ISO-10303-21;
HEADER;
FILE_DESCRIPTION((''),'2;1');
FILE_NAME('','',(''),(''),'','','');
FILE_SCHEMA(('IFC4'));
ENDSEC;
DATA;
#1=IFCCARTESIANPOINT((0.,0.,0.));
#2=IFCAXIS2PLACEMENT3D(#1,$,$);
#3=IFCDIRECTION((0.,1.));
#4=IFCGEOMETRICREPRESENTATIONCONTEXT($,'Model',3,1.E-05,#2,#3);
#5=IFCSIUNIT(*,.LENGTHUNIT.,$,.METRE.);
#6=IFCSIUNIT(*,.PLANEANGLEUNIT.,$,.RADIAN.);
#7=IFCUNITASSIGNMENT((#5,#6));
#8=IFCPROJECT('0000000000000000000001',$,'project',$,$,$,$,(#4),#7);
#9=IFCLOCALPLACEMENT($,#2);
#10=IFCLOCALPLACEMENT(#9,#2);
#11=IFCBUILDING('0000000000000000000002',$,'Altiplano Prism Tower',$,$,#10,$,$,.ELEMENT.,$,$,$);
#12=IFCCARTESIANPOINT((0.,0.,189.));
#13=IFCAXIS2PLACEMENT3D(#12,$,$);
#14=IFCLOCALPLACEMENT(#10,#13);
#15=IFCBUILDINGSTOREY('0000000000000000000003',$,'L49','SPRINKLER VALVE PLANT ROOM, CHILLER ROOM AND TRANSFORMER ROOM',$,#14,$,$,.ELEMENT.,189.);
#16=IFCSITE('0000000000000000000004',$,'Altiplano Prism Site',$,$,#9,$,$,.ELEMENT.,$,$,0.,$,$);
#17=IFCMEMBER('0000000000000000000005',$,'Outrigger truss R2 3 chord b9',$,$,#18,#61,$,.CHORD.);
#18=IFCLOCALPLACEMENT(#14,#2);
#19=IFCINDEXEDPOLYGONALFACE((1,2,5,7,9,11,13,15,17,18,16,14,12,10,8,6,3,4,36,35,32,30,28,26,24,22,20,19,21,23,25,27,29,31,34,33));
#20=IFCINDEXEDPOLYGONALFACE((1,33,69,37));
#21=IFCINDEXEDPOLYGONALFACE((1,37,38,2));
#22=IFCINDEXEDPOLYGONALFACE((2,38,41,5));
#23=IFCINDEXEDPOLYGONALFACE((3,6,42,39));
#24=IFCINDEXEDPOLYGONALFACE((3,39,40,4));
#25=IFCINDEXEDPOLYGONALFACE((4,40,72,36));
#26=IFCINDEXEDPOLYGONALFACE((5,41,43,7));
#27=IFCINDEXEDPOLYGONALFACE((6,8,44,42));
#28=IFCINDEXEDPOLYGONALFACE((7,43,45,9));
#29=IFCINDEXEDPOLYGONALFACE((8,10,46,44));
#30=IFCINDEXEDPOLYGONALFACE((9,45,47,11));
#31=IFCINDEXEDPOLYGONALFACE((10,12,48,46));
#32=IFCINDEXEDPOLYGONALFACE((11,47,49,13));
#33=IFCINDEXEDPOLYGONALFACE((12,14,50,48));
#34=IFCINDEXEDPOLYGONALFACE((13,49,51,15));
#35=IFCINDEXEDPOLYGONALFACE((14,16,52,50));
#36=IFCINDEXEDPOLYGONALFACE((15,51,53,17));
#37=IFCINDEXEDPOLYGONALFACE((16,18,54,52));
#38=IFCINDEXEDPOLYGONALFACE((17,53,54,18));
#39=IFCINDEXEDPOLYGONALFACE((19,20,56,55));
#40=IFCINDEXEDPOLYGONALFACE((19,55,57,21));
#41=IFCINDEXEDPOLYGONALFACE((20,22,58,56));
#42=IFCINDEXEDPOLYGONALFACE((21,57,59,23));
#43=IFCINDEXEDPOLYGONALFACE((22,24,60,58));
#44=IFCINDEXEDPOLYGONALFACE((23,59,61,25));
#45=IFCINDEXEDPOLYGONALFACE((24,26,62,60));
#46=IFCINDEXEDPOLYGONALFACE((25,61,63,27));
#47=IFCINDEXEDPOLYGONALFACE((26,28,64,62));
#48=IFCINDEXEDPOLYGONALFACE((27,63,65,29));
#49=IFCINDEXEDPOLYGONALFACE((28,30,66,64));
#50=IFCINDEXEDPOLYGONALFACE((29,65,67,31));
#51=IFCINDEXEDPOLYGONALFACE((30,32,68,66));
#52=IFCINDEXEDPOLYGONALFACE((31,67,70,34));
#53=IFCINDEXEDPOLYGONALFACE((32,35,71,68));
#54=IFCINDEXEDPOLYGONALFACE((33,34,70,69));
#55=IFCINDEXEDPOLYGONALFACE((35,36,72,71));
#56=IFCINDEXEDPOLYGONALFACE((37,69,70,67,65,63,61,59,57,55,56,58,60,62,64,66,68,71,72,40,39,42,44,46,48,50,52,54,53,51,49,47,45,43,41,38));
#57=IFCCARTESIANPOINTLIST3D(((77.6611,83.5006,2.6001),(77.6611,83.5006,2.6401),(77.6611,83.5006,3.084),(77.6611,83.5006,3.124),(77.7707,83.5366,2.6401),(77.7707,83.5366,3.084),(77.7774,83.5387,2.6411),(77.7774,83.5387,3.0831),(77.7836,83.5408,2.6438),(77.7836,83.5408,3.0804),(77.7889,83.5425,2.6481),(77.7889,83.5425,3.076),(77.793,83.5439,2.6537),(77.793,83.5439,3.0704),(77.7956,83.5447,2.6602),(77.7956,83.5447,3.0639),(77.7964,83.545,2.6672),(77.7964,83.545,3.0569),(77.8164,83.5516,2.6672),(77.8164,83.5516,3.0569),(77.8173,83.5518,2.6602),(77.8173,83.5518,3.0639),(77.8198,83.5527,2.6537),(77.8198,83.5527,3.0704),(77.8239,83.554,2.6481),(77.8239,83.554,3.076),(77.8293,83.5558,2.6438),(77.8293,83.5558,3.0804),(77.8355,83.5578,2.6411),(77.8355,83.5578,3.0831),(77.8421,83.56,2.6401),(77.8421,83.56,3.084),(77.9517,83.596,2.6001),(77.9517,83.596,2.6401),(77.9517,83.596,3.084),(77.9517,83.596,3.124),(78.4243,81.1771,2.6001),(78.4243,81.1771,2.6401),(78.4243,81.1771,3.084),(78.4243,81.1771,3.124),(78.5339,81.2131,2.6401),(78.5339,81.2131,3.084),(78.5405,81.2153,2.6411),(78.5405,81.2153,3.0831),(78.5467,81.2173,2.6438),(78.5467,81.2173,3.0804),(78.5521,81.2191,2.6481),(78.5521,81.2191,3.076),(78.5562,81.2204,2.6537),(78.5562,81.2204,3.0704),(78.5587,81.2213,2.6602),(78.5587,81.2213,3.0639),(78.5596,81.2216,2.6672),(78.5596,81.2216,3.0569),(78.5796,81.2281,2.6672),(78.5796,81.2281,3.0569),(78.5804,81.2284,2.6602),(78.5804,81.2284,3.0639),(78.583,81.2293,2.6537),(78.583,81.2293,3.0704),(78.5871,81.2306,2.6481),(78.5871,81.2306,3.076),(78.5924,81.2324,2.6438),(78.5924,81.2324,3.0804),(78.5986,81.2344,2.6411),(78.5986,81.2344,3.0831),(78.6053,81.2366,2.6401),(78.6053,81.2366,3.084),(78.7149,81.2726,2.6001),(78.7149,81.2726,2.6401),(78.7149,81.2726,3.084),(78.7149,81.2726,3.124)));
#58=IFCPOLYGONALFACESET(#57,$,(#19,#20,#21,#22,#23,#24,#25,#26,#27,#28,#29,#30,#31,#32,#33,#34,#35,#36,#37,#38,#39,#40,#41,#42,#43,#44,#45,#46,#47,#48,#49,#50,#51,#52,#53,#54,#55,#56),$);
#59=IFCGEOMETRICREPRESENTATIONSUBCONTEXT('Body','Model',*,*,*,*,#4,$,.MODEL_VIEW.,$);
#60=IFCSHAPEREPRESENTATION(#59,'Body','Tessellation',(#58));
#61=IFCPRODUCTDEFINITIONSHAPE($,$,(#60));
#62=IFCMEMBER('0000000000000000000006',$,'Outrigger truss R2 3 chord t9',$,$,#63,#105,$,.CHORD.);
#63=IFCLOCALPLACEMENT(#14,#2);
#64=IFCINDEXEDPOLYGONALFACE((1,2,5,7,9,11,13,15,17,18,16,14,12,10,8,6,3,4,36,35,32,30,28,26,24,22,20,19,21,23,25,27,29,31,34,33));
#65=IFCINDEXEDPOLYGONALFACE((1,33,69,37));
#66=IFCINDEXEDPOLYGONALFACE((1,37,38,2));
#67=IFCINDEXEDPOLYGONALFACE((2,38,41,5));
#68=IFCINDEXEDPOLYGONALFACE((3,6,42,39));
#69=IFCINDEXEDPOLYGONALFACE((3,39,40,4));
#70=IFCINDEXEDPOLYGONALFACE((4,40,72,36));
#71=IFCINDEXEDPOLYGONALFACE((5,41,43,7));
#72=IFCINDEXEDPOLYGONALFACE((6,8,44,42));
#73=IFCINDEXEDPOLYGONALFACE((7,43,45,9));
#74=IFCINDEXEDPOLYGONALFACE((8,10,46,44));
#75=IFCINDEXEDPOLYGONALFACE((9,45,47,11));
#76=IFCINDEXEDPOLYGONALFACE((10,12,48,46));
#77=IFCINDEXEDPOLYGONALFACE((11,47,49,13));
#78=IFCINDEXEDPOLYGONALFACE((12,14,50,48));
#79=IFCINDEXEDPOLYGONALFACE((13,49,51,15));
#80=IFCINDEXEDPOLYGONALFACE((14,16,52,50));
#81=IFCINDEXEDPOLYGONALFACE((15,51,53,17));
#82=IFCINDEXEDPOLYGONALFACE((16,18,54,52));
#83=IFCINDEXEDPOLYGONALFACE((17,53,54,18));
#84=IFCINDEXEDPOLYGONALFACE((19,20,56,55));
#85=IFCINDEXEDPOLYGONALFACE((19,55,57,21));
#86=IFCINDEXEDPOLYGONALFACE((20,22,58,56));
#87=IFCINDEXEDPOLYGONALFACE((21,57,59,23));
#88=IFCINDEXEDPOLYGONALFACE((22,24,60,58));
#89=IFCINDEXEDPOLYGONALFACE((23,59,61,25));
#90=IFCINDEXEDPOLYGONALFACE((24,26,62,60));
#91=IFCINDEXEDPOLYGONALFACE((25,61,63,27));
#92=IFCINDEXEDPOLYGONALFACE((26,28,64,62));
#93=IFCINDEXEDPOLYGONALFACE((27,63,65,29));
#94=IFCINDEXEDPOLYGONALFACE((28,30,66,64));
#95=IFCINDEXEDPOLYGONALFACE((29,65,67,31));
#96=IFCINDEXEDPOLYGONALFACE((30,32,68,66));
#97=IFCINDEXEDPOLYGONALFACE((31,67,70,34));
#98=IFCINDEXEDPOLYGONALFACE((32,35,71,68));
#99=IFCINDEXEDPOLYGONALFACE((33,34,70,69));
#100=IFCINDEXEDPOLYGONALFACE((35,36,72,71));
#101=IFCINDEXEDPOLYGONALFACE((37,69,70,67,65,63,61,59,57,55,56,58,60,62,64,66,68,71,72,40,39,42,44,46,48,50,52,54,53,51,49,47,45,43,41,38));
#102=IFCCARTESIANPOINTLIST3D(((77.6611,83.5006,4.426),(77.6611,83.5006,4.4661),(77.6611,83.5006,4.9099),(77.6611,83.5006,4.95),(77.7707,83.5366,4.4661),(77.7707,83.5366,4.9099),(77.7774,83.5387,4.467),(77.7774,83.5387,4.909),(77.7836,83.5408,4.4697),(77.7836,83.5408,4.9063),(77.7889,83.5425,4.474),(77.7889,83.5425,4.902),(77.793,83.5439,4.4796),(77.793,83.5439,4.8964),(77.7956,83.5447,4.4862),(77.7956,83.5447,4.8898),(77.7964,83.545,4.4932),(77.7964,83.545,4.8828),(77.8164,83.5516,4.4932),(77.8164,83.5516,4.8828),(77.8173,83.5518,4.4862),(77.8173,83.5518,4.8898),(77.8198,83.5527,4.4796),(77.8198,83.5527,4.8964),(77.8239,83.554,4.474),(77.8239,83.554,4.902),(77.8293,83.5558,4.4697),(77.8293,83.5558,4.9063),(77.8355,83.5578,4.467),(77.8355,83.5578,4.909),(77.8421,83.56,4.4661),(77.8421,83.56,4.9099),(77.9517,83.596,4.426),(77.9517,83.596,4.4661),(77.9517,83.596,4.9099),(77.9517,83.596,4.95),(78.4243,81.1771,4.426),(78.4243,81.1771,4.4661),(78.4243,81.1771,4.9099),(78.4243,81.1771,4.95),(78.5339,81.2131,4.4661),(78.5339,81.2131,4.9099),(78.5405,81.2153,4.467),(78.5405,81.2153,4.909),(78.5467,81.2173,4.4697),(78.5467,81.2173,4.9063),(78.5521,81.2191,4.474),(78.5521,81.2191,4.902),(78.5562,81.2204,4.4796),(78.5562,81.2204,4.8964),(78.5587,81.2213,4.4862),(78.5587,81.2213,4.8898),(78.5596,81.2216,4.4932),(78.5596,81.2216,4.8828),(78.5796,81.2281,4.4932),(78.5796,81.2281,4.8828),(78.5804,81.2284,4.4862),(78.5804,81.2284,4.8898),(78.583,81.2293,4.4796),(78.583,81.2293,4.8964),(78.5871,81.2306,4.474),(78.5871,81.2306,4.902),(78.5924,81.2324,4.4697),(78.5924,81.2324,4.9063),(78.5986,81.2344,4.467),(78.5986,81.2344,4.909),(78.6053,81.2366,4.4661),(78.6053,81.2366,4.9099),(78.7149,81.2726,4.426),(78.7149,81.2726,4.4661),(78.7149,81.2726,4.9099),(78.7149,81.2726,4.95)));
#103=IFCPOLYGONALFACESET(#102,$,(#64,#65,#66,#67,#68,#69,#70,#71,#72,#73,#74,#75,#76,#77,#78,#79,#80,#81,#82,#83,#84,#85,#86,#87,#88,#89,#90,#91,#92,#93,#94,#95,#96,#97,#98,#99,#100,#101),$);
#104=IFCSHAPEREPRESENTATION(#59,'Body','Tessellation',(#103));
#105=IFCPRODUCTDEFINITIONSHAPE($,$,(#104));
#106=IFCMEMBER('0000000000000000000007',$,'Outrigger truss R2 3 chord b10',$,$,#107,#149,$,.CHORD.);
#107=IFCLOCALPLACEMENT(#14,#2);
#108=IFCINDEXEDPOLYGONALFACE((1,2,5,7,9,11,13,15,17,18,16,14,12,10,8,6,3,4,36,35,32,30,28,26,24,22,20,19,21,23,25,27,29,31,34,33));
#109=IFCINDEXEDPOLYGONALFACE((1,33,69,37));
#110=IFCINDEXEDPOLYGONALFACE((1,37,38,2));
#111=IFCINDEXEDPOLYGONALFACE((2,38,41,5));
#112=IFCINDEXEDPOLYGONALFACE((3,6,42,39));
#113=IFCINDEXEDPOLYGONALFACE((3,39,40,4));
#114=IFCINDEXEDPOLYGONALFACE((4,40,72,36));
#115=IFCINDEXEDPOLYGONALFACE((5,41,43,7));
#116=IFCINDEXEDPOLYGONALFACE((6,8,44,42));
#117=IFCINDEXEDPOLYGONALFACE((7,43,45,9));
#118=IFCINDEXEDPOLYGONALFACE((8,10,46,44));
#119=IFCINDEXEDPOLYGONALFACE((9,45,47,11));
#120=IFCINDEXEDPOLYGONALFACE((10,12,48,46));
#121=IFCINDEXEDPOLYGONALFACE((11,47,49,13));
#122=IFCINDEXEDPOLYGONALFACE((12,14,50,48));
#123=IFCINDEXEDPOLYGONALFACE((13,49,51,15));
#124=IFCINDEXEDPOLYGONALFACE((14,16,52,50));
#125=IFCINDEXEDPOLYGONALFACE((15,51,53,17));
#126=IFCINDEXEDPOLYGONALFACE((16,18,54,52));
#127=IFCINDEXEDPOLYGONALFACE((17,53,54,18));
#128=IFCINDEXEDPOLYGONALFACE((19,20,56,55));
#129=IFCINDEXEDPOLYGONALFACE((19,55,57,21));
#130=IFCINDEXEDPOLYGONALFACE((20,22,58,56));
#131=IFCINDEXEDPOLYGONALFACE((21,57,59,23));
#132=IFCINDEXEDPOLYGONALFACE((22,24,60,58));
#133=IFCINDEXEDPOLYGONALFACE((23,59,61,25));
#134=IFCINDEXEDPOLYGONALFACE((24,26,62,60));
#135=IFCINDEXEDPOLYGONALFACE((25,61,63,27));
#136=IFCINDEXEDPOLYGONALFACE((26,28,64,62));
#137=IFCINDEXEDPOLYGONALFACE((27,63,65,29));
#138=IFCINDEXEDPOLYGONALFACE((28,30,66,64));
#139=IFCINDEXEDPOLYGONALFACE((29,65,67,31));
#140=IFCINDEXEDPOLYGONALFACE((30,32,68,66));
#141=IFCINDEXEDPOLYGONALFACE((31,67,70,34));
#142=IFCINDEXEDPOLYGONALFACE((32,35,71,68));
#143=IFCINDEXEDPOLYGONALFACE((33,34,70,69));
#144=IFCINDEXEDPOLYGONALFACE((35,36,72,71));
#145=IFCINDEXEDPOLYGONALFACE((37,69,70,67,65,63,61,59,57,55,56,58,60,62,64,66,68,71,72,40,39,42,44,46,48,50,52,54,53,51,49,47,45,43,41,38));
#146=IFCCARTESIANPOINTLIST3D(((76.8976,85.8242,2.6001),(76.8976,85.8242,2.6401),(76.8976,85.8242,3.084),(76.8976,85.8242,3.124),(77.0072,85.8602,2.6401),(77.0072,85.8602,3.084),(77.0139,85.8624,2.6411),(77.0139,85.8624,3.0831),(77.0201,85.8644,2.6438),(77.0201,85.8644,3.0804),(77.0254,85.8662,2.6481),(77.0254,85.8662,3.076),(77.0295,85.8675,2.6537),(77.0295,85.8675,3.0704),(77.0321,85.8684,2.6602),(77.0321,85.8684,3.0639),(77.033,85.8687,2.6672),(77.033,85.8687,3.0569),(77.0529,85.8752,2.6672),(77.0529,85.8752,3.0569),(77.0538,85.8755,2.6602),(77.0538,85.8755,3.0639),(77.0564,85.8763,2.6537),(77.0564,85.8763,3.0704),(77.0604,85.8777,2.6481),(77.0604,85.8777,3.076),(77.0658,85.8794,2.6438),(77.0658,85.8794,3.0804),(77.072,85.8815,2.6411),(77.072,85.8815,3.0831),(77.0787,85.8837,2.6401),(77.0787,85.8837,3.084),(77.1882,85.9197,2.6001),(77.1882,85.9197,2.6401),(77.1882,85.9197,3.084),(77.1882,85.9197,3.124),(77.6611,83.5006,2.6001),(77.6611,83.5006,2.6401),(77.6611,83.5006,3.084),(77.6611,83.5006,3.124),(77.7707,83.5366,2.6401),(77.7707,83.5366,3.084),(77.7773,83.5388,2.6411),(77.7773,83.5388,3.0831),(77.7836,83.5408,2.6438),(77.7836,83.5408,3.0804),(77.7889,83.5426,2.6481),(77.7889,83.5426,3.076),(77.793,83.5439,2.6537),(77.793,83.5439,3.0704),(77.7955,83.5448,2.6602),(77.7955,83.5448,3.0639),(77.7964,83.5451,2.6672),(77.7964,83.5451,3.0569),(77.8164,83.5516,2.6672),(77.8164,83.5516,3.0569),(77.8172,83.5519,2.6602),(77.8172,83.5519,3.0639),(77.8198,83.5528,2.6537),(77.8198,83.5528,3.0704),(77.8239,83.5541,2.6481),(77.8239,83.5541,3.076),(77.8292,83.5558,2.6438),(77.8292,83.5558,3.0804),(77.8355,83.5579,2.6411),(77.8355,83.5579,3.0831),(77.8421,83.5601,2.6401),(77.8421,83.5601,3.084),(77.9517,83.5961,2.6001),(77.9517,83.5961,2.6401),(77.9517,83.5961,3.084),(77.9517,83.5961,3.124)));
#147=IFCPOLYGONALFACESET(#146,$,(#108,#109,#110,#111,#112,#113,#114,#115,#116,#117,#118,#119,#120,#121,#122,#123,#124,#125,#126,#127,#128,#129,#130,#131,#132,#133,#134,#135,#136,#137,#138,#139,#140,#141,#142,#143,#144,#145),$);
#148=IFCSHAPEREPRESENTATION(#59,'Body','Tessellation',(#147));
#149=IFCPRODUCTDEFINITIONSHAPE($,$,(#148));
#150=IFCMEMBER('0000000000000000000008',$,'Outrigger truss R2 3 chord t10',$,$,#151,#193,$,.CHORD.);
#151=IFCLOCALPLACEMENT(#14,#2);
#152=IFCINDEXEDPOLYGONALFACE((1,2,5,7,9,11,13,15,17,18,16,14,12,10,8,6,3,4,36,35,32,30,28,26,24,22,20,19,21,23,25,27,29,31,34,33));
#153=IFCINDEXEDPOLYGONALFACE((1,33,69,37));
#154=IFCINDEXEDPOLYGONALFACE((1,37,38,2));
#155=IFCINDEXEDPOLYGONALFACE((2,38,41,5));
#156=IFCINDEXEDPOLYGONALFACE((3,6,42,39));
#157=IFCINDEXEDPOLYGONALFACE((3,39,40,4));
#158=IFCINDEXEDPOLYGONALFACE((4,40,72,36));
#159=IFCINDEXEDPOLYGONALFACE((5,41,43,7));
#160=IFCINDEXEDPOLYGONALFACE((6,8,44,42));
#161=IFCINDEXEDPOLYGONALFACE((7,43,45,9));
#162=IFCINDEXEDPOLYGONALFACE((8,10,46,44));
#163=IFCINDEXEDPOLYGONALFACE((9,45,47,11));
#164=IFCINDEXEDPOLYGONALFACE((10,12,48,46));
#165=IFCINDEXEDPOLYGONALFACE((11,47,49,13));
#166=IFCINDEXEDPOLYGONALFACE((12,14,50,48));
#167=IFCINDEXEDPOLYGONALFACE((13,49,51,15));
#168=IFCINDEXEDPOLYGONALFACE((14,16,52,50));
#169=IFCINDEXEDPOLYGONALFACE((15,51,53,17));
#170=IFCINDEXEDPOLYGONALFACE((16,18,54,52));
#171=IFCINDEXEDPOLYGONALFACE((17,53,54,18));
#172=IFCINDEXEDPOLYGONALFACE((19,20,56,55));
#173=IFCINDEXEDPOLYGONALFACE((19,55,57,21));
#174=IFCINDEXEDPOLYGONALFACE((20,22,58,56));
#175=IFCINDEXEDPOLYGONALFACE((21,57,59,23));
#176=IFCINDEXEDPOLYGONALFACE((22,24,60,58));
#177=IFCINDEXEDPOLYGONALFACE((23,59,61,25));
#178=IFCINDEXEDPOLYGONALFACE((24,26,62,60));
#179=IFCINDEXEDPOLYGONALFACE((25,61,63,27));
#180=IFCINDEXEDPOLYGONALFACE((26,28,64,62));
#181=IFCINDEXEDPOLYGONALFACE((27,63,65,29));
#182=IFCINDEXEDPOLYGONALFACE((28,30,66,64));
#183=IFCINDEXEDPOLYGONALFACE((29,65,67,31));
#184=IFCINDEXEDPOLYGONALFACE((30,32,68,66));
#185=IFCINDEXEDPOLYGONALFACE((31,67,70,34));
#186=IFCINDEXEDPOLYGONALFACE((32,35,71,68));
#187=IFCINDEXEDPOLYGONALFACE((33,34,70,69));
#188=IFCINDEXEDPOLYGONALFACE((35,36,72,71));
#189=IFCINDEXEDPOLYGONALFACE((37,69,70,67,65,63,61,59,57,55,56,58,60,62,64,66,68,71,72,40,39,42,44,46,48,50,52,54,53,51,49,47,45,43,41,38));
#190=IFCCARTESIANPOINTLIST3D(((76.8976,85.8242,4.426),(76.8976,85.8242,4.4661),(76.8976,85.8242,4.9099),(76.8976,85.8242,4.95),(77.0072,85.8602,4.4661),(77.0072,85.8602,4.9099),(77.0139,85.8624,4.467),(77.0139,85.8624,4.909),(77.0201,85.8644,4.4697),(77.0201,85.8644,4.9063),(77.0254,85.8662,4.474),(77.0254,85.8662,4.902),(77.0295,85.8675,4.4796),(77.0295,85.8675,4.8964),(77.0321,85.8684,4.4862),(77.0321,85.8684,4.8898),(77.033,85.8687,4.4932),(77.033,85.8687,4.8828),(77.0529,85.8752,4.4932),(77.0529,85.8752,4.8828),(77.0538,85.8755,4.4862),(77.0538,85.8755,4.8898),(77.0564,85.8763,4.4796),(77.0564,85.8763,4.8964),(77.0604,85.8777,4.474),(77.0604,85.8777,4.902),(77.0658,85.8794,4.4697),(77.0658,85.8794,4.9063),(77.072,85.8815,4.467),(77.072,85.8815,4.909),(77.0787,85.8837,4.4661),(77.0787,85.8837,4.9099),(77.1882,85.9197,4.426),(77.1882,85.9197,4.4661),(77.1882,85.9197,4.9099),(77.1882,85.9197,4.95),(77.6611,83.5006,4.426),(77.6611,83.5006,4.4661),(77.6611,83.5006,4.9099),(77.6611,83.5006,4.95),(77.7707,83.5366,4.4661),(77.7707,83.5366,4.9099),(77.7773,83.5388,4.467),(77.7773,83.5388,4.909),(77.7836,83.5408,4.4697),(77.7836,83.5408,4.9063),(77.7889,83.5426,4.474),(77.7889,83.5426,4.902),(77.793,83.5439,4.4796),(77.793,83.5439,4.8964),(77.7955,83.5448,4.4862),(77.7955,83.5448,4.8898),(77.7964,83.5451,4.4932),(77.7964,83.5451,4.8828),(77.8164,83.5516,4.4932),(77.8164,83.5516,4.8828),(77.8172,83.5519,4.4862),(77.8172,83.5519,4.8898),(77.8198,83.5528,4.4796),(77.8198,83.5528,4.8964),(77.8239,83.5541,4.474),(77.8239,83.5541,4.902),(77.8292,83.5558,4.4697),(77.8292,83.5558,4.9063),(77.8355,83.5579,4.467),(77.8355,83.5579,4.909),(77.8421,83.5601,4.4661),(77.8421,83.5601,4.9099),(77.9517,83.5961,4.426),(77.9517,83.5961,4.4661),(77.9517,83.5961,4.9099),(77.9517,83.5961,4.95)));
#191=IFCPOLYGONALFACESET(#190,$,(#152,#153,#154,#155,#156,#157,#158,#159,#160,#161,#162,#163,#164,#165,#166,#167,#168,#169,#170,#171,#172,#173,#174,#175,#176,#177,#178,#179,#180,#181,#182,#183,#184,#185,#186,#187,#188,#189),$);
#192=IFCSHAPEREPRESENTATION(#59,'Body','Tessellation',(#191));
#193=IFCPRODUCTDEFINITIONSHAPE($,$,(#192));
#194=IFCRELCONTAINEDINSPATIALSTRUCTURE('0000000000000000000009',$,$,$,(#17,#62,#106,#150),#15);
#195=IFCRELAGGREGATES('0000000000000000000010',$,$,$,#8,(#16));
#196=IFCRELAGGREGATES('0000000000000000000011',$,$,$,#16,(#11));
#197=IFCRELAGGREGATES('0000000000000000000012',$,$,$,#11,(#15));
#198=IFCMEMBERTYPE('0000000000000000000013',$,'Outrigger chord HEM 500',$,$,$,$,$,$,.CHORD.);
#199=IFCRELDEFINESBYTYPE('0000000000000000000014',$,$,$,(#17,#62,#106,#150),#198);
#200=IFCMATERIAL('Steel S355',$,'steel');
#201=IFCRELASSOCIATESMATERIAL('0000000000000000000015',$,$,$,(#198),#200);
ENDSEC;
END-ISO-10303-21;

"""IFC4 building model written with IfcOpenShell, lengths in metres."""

from ifc_helpers import new_model, si_unit, direction, frame, origin, origin_2d, place, context, subcontext, project, spatial, i_section, extrude, material, material_profile, profile_set, type_object, element, save


model = new_model("IFC4")

# Units and contexts
model_context = context("Model", 3, precision=1e-05, world=origin(), true_north=direction((0.0, 1.0)))
body_context = subcontext(model_context, "Body", "Model", "MODEL_VIEW")
ifc_project = project(units=[si_unit("LENGTHUNIT", "METRE"), si_unit("PLANEANGLEUNIT", "RADIAN")], contexts=[model_context])

# Site, building, storey
site_placement = place(None, origin())
site = spatial("IfcSite", under=ifc_project, at=site_placement, Name="Altiplano Prism Site", CompositionType="ELEMENT", RefElevation=0.0)
building_placement = place(site_placement, origin())
building = spatial("IfcBuilding", under=site, at=building_placement, Name="Altiplano Prism Tower", CompositionType="ELEMENT")
storey_placement = place(building_placement, frame((0.0, 0.0, 189.0)))
storey = spatial("IfcBuildingStorey", under=building, at=storey_placement, Name="L49", Description="SPRINKLER VALVE PLANT ROOM, CHILLER ROOM AND TRANSFORMER ROOM", CompositionType="ELEMENT", Elevation=189.0)

# Members
ifc_material_1 = material(Name="Steel S355", Category="steel")
ifc_material_profile_1 = material_profile(ifc_material_1, i_section(OverallWidth=0.3059, OverallDepth=0.5239, WebThickness=0.021, FlangeThickness=0.04, FilletRadius=0.0271, at=origin_2d()), Name="Outrigger chord HEM 500")
ifc_profile_set_1 = profile_set([ifc_material_profile_1], Name="Steel S355")
member_type_1 = type_object("IfcMemberType", Name="Outrigger chord HEM 500", PredefinedType="CHORD", material=ifc_profile_set_1)
for number, where, z_axis, x_axis, name in (
    (1, (78.5696, 81.2249, 2.8621), (-0.312062, 0.950062, 0.0), (-0.950062, -0.312062, 0.0), "Outrigger truss R2 3 chord b9"),
    (2, (78.5696, 81.2249, 4.688), (-0.312062, 0.950062, 0.0), (-0.950062, -0.312062, 0.0), "Outrigger truss R2 3 chord t9"),
):
    element("IfcMember", number, at=place(storey_placement, frame(where, z_axis=z_axis, x_axis=x_axis)), inside=storey, type_object=member_type_1, Name=name, PredefinedType="CHORD", context=body_context, shape_type="SweptSolid", body=[
        extrude(i_section(OverallWidth=0.3059, OverallDepth=0.5239, WebThickness=0.021, FlangeThickness=0.04, FilletRadius=0.0271, at=origin_2d()), origin(), (0.0, 0.0, 1.0), 2.4456),
    ])
for number, where, z_axis, x_axis, name in (
    (3, (77.8064, 83.5483, 2.8621), (-0.312152, 0.950032, 0.0), (-0.950032, -0.312152, 0.0), "Outrigger truss R2 3 chord b10"),
    (4, (77.8064, 83.5483, 4.688), (-0.312152, 0.950032, 0.0), (-0.950032, -0.312152, 0.0), "Outrigger truss R2 3 chord t10"),
):
    element("IfcMember", number, at=place(storey_placement, frame(where, z_axis=z_axis, x_axis=x_axis)), inside=storey, type_object=member_type_1, Name=name, PredefinedType="CHORD", context=body_context, shape_type="SweptSolid", body=[
        extrude(i_section(OverallWidth=0.3059, OverallDepth=0.5239, WebThickness=0.021, FlangeThickness=0.04, FilletRadius=0.0271, at=origin_2d()), origin(), (0.0, 0.0, 1.0), 2.4458),
    ])

save(model, "model.ifc")
